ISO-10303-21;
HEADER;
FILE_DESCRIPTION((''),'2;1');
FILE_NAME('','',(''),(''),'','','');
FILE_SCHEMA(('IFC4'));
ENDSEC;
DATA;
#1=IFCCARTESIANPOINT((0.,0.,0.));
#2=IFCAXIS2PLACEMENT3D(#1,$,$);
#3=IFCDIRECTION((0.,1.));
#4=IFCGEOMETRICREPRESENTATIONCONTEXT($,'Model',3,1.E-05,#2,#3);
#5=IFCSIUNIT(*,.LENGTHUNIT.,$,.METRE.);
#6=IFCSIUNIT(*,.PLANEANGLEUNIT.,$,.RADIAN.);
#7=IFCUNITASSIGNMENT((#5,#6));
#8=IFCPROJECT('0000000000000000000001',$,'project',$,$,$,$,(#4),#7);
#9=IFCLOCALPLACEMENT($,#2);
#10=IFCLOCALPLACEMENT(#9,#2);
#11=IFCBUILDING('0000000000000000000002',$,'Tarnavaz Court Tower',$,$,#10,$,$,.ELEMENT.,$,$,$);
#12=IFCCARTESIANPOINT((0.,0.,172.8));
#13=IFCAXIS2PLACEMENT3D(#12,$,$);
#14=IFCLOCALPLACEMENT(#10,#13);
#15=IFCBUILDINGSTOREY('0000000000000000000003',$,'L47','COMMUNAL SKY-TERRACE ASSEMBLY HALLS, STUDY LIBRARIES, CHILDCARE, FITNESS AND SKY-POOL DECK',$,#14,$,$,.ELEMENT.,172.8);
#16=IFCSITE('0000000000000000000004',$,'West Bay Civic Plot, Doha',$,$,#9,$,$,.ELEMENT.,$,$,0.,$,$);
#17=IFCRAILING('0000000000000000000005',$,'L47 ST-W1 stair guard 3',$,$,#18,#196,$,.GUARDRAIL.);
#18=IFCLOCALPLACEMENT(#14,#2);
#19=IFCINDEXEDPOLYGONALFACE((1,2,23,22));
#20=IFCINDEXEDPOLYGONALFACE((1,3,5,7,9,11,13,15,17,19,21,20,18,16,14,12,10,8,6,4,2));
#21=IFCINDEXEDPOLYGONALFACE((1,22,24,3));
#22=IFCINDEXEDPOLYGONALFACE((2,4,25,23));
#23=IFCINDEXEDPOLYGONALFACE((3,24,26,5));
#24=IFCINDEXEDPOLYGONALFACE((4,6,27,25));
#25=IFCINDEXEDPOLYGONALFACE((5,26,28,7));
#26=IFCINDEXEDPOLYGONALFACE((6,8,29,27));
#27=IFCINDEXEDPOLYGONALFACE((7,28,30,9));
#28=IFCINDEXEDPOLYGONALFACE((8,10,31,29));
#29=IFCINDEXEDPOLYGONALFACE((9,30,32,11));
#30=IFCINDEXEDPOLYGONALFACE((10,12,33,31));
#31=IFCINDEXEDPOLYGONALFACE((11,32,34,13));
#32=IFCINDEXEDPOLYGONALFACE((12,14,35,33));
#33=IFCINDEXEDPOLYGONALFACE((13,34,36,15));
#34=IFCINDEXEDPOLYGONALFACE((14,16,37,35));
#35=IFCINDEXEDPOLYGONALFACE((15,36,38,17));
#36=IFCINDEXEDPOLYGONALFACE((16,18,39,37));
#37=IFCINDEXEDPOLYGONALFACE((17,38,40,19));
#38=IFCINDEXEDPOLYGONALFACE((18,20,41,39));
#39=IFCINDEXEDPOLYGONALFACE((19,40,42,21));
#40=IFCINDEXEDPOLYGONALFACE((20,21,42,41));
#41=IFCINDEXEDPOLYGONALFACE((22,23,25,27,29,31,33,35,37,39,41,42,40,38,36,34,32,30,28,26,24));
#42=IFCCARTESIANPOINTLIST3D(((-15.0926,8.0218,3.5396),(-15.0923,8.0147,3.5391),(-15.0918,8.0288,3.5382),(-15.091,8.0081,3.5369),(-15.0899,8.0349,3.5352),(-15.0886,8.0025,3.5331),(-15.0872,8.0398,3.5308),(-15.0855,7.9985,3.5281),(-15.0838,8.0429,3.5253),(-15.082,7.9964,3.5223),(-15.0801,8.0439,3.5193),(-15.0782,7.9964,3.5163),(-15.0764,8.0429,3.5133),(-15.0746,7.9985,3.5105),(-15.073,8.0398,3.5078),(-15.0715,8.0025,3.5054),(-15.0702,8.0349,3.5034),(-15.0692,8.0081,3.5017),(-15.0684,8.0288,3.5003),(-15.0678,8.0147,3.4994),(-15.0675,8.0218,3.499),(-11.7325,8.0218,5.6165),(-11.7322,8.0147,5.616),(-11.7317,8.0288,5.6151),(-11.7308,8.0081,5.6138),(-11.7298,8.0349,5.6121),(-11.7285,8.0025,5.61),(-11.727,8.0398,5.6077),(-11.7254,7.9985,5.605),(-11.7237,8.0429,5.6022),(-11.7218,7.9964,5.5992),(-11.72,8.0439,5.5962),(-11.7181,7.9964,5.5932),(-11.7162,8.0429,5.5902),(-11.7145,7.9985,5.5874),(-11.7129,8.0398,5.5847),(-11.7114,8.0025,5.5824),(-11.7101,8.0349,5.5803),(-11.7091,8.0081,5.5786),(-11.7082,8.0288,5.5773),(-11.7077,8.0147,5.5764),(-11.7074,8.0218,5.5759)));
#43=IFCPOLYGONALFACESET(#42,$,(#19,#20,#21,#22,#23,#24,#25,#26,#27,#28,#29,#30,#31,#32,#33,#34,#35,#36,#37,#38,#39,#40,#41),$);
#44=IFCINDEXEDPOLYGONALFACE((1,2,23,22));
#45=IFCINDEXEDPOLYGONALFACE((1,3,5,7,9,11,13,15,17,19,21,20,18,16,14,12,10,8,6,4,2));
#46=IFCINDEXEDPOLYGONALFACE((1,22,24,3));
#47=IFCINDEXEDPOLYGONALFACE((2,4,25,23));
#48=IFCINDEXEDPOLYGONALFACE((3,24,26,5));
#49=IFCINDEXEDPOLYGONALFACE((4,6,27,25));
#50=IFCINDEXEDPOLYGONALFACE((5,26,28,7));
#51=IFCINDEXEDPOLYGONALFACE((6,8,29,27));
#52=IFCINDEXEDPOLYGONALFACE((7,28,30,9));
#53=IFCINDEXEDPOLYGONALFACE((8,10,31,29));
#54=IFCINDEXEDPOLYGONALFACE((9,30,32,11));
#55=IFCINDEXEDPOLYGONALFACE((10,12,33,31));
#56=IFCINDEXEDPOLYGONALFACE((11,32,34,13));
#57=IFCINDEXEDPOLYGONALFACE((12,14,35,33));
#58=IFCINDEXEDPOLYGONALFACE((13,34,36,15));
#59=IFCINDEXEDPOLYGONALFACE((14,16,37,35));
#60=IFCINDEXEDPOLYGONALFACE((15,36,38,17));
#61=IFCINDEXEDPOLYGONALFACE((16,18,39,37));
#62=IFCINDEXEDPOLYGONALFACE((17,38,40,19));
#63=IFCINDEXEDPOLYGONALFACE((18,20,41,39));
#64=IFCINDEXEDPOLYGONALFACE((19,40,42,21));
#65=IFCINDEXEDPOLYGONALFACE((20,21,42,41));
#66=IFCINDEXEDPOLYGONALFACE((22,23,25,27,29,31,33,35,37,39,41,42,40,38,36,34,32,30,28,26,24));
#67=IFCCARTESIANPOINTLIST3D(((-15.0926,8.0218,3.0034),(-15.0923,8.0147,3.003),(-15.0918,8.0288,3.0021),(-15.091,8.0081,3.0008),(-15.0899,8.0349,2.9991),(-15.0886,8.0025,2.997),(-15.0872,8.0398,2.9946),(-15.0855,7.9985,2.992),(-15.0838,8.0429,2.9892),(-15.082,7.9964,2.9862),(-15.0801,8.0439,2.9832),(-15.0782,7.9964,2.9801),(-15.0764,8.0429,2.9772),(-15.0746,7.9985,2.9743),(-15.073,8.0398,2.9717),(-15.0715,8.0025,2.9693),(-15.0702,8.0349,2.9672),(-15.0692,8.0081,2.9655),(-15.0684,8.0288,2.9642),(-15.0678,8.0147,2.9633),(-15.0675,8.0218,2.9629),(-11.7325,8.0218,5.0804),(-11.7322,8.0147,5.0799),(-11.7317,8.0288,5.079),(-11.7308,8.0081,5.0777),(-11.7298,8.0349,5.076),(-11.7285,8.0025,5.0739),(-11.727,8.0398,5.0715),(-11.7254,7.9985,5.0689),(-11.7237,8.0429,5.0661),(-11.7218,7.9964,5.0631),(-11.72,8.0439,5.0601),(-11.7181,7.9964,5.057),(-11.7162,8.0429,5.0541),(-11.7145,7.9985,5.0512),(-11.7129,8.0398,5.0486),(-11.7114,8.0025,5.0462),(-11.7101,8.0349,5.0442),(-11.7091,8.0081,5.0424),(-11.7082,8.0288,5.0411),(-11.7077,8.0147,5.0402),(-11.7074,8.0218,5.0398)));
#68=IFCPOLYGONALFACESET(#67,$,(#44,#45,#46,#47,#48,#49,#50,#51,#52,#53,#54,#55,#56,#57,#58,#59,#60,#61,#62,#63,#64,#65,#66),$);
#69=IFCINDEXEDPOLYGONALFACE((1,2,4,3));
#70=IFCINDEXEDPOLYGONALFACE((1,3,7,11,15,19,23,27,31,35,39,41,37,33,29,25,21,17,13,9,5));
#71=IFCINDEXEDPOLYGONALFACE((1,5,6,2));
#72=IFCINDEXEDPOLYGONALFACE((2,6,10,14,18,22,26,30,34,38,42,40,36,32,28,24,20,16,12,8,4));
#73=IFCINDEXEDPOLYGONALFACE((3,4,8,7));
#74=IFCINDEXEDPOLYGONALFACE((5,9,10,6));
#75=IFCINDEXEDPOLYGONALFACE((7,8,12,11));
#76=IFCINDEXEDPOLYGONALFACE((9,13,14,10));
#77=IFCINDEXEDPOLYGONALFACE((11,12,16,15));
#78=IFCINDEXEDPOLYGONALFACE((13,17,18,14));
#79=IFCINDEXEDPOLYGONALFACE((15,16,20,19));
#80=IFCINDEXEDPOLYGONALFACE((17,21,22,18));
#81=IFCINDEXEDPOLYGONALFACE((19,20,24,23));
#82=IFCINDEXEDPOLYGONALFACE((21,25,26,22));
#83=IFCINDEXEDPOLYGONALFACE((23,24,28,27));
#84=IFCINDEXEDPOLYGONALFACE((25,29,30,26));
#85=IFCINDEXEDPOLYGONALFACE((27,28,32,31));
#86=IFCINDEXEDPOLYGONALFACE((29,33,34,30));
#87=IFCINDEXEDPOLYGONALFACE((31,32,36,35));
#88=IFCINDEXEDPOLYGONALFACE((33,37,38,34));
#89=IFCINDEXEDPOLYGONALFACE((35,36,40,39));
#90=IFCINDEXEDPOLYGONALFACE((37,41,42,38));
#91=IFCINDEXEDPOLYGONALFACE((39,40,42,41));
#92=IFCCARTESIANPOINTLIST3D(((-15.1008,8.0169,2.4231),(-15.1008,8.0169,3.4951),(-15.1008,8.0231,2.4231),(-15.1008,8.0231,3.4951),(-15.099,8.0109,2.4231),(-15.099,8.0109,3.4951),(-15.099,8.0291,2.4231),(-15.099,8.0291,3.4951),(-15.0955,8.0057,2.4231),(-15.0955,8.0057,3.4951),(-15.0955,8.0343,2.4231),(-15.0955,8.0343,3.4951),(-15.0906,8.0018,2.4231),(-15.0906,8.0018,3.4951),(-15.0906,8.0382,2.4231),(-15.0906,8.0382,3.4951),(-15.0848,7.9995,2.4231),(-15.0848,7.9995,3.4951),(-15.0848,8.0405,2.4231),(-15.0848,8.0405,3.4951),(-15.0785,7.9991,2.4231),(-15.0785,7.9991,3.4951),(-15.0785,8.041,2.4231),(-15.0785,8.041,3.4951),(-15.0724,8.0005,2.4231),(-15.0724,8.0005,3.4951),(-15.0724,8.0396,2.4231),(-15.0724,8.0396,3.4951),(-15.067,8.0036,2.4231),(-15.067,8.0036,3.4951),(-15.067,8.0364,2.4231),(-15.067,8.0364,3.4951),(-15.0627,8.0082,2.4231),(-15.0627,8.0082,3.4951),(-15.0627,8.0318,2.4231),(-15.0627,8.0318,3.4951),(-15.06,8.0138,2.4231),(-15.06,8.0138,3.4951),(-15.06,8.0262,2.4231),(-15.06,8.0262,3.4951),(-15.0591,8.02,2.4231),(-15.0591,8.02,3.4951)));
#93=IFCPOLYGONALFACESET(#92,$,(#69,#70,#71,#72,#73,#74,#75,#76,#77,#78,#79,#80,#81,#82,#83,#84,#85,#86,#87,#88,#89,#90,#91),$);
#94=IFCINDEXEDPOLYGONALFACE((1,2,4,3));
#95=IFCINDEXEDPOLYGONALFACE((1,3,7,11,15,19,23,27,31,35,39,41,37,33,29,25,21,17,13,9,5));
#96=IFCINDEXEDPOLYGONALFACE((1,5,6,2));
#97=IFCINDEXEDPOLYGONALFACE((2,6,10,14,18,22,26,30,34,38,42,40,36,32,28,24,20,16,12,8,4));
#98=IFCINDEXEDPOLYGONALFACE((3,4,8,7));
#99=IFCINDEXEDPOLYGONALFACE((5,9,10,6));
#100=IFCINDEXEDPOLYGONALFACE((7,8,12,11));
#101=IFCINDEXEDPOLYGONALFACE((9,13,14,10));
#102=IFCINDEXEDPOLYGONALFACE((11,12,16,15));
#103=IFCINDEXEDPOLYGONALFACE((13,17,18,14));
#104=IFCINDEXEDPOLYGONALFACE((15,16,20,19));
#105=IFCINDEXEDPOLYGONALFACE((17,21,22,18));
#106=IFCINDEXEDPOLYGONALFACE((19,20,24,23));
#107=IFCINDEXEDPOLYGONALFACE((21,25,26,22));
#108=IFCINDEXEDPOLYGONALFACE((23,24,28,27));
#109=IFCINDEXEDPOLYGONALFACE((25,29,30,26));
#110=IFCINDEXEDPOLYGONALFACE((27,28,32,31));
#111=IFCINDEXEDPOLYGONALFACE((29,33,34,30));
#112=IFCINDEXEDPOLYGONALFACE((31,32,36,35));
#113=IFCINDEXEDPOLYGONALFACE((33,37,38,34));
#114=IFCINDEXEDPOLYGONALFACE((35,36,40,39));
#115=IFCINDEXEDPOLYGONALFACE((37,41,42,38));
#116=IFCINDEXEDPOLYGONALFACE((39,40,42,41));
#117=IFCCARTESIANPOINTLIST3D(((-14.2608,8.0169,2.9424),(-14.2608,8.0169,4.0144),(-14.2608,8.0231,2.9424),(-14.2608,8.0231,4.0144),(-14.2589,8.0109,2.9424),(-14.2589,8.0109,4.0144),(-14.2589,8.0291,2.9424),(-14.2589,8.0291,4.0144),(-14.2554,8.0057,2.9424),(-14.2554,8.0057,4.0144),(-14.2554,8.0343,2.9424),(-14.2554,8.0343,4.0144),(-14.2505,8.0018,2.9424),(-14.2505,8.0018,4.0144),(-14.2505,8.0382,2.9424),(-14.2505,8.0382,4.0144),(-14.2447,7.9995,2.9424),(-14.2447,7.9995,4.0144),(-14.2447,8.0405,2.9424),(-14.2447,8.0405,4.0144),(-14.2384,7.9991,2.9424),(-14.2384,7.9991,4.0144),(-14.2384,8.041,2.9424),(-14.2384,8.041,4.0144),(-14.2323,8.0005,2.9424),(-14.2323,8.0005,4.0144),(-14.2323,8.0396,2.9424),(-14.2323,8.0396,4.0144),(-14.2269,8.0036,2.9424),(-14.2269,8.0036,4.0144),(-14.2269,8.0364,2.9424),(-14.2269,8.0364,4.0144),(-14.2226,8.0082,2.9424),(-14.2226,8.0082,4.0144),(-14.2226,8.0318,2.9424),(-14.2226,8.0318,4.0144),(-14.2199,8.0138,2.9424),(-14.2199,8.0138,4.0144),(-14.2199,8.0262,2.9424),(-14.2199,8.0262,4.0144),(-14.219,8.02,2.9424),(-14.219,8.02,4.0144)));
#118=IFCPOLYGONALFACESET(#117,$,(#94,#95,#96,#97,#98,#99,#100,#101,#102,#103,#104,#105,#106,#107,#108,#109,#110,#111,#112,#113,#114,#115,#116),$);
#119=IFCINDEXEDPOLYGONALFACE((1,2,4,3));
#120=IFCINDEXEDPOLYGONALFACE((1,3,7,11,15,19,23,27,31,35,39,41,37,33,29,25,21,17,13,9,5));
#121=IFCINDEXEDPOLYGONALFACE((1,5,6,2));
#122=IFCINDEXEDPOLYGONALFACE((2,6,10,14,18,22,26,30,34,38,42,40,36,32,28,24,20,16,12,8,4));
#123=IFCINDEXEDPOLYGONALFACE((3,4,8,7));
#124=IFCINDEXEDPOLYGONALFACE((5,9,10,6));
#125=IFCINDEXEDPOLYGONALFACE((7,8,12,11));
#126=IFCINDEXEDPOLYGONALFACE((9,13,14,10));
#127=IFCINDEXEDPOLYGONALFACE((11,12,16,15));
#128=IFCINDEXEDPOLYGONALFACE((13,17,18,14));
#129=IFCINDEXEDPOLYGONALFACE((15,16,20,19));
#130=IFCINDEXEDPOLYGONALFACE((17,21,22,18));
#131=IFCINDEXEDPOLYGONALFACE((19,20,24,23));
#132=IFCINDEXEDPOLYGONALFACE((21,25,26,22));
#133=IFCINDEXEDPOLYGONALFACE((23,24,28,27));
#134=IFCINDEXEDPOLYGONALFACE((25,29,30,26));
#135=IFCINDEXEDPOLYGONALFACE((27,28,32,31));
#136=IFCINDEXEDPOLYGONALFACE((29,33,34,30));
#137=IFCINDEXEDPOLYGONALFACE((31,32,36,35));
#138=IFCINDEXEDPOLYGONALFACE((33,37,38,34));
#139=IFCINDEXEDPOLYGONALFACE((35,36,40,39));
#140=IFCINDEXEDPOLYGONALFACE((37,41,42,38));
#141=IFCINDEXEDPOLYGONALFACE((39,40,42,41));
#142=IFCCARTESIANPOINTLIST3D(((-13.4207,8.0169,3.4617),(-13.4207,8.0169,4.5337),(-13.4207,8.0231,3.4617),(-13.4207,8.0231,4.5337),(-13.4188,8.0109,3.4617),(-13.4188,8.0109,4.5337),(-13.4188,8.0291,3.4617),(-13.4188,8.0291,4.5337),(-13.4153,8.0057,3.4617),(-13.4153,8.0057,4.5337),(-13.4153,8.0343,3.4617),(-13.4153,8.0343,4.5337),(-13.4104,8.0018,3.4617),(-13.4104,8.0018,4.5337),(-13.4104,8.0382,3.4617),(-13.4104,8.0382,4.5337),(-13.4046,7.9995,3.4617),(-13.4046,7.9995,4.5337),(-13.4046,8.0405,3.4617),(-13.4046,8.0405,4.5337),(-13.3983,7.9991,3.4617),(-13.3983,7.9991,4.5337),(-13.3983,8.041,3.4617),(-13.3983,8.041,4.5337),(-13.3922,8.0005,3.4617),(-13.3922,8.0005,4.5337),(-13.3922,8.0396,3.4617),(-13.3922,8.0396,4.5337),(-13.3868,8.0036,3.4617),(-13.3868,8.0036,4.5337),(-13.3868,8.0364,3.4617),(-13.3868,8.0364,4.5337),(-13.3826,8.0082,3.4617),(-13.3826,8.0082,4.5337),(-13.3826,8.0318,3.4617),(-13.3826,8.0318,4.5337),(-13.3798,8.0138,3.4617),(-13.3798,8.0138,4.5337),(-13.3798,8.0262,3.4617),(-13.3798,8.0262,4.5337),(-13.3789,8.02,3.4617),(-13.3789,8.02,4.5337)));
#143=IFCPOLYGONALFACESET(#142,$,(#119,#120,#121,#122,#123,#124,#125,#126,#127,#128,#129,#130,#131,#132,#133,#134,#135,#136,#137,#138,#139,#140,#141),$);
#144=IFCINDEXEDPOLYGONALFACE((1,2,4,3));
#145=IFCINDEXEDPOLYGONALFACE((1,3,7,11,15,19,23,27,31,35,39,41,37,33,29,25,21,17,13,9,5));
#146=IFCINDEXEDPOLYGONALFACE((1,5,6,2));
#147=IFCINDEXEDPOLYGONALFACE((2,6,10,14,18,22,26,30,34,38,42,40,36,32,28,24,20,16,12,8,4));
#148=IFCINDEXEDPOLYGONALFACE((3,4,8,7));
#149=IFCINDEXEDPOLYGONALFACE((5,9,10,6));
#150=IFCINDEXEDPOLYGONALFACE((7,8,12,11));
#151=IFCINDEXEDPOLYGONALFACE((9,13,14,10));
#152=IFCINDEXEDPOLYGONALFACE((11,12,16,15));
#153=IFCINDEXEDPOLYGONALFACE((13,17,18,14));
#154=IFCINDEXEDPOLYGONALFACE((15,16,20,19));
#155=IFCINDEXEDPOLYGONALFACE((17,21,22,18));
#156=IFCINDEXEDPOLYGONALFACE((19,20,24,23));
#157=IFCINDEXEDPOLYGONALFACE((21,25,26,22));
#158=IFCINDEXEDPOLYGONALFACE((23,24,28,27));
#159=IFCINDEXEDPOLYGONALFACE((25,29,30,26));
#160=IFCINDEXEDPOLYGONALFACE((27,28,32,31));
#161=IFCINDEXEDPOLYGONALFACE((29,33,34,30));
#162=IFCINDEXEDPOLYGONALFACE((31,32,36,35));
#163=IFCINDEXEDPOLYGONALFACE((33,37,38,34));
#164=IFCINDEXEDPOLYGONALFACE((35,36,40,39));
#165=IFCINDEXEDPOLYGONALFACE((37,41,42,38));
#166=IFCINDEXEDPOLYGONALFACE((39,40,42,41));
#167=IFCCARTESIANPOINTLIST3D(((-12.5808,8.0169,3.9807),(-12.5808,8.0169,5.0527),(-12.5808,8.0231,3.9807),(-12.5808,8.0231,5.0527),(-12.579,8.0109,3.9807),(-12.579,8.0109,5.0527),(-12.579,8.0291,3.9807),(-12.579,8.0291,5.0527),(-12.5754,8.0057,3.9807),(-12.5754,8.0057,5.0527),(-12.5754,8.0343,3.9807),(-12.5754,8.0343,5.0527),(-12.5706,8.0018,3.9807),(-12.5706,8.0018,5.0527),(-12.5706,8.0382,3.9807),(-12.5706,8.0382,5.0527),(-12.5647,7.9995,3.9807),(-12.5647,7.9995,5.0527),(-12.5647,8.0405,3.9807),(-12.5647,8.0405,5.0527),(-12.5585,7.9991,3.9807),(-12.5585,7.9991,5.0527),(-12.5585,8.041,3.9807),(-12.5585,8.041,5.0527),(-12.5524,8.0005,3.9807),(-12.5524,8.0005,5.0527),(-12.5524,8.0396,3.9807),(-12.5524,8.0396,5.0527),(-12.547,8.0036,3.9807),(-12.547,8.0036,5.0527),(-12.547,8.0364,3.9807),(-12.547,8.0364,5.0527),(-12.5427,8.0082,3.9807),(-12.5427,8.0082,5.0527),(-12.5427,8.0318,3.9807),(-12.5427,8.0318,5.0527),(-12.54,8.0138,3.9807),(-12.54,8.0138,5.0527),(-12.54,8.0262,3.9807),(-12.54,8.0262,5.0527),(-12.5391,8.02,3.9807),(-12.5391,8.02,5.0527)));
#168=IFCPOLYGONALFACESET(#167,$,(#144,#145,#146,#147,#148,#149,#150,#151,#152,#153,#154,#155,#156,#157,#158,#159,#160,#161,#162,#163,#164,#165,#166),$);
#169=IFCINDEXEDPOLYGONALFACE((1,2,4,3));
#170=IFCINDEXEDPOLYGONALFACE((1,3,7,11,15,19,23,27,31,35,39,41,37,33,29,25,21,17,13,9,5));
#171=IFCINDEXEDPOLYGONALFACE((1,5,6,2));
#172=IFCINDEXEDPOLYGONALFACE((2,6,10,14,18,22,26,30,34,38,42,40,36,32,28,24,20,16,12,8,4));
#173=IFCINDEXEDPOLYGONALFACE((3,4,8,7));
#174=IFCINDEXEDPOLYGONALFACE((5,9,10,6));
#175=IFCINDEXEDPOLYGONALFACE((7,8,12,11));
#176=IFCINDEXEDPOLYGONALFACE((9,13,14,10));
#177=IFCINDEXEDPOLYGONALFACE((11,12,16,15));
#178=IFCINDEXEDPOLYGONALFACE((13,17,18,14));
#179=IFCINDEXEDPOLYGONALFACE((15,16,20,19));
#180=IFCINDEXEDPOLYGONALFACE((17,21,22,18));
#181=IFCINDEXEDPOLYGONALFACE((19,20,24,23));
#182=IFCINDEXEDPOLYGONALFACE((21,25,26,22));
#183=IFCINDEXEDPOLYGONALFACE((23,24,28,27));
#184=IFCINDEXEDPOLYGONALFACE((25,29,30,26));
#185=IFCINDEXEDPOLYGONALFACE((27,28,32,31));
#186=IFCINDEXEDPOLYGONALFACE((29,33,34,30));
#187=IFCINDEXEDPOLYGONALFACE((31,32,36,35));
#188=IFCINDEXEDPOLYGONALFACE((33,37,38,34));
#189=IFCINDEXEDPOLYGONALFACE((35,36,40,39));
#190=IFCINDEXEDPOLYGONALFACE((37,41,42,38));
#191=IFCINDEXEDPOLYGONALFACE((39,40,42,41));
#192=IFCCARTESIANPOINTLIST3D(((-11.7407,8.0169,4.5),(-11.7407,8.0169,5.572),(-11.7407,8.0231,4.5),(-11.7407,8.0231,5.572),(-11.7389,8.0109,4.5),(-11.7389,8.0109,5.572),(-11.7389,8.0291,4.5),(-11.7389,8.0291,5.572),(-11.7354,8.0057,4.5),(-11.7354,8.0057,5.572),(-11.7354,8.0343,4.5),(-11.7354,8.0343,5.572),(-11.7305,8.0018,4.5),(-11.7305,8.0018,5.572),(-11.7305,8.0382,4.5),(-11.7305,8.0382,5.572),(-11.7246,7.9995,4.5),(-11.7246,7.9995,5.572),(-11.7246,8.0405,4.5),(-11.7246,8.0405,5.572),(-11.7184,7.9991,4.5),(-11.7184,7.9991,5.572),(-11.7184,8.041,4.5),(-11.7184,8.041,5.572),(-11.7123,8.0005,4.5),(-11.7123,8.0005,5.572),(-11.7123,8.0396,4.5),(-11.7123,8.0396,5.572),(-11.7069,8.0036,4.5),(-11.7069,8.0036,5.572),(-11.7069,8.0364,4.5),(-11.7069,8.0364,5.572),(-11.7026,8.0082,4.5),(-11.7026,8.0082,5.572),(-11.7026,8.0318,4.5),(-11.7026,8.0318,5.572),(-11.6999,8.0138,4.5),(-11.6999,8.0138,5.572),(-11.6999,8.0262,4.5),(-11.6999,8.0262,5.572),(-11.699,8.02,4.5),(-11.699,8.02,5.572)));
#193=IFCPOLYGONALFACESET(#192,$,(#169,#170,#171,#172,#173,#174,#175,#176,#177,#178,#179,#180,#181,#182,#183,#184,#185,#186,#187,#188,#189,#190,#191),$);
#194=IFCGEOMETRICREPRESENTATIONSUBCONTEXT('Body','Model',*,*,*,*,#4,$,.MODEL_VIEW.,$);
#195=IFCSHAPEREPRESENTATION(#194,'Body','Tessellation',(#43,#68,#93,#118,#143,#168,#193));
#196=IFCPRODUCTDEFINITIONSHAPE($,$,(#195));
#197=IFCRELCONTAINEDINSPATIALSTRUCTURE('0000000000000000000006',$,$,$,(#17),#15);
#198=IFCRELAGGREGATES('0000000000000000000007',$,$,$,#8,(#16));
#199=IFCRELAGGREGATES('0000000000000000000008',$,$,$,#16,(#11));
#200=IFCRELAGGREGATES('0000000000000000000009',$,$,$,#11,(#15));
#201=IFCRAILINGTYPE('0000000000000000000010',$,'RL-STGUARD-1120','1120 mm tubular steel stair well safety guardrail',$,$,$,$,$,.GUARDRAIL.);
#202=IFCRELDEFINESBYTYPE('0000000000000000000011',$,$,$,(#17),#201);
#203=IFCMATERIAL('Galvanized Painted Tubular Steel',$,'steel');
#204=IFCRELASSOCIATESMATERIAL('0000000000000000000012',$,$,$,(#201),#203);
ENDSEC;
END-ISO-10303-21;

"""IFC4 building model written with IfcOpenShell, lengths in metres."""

from ifc_helpers import new_model, si_unit, direction, frame, origin, origin_2d, place, context, subcontext, project, spatial, circle, extrude, material, type_object, element, save


model = new_model("IFC4")

# Units and contexts
model_context = context("Model", 3, precision=1e-05, world=origin(), true_north=direction((0.0, 1.0)))
body_context = subcontext(model_context, "Body", "Model", "MODEL_VIEW")
ifc_project = project(units=[si_unit("LENGTHUNIT", "METRE"), si_unit("PLANEANGLEUNIT", "RADIAN")], contexts=[model_context])

# Site, building, storey
site_placement = place(None, origin())
site = spatial("IfcSite", under=ifc_project, at=site_placement, Name="West Bay Civic Plot, Doha", CompositionType="ELEMENT", RefElevation=0.0)
building_placement = place(site_placement, origin())
building = spatial("IfcBuilding", under=site, at=building_placement, Name="Tarnavaz Court Tower", CompositionType="ELEMENT")
storey_placement = place(building_placement, frame((0.0, 0.0, 172.8)))
storey = spatial("IfcBuildingStorey", under=building, at=storey_placement, Name="L47", Description="COMMUNAL SKY-TERRACE ASSEMBLY HALLS, STUDY LIBRARIES, CHILDCARE, FITNESS AND SKY-POOL DECK", CompositionType="ELEMENT", Elevation=172.8)

# Railing
ifc_material_1 = material(Name="Galvanized Painted Tubular Steel", Category="steel")
railing_type_1 = type_object("IfcRailingType", Name="RL-STGUARD-1120", Description="1120 mm tubular steel stair well safety guardrail", PredefinedType="GUARDRAIL", material=ifc_material_1)
railing_1_placement = place(storey_placement, frame((-15.0801, 8.02, 2.4231)))
element("IfcRailing", 1, at=railing_1_placement, inside=storey, type_object=railing_type_1, Name="L47 ST-W1 stair guard 3", PredefinedType="GUARDRAIL", context=body_context, shape_type="SweptSolid", body=[
    extrude(circle(Radius=0.0239, at=origin_2d()), frame((0.0, 0.0, 1.0962), z_axis=(0.850623, 0.0, 0.525776), x_axis=(0.0, 1.0, 0.0)), (0.0, 0.0, 1.0), 3.9502),
    extrude(circle(Radius=0.0239, at=origin_2d()), frame((0.0, 0.0, 0.5601), z_axis=(0.850623, 0.0, 0.525776), x_axis=(0.0, 1.0, 0.0)), (0.0, 0.0, 1.0), 3.9502),
    extrude(circle(Radius=0.021, at=origin_2d()), origin(), (0.0, 0.0, 1.0), 1.072),
    extrude(circle(Radius=0.021, at=origin_2d()), frame((0.8401, 0.0, 0.5193)), (0.0, 0.0, 1.0), 1.072),
    extrude(circle(Radius=0.021, at=origin_2d()), frame((1.6802, 0.0, 1.0386)), (0.0, 0.0, 1.0), 1.072),
    extrude(circle(Radius=0.021, at=origin_2d()), frame((2.52, 0.0, 1.5576)), (0.0, 0.0, 1.0), 1.072),
    extrude(circle(Radius=0.021, at=origin_2d()), frame((3.3601, 0.0, 2.0769)), (0.0, 0.0, 1.0), 1.072),
])

save(model, "model.ifc")
